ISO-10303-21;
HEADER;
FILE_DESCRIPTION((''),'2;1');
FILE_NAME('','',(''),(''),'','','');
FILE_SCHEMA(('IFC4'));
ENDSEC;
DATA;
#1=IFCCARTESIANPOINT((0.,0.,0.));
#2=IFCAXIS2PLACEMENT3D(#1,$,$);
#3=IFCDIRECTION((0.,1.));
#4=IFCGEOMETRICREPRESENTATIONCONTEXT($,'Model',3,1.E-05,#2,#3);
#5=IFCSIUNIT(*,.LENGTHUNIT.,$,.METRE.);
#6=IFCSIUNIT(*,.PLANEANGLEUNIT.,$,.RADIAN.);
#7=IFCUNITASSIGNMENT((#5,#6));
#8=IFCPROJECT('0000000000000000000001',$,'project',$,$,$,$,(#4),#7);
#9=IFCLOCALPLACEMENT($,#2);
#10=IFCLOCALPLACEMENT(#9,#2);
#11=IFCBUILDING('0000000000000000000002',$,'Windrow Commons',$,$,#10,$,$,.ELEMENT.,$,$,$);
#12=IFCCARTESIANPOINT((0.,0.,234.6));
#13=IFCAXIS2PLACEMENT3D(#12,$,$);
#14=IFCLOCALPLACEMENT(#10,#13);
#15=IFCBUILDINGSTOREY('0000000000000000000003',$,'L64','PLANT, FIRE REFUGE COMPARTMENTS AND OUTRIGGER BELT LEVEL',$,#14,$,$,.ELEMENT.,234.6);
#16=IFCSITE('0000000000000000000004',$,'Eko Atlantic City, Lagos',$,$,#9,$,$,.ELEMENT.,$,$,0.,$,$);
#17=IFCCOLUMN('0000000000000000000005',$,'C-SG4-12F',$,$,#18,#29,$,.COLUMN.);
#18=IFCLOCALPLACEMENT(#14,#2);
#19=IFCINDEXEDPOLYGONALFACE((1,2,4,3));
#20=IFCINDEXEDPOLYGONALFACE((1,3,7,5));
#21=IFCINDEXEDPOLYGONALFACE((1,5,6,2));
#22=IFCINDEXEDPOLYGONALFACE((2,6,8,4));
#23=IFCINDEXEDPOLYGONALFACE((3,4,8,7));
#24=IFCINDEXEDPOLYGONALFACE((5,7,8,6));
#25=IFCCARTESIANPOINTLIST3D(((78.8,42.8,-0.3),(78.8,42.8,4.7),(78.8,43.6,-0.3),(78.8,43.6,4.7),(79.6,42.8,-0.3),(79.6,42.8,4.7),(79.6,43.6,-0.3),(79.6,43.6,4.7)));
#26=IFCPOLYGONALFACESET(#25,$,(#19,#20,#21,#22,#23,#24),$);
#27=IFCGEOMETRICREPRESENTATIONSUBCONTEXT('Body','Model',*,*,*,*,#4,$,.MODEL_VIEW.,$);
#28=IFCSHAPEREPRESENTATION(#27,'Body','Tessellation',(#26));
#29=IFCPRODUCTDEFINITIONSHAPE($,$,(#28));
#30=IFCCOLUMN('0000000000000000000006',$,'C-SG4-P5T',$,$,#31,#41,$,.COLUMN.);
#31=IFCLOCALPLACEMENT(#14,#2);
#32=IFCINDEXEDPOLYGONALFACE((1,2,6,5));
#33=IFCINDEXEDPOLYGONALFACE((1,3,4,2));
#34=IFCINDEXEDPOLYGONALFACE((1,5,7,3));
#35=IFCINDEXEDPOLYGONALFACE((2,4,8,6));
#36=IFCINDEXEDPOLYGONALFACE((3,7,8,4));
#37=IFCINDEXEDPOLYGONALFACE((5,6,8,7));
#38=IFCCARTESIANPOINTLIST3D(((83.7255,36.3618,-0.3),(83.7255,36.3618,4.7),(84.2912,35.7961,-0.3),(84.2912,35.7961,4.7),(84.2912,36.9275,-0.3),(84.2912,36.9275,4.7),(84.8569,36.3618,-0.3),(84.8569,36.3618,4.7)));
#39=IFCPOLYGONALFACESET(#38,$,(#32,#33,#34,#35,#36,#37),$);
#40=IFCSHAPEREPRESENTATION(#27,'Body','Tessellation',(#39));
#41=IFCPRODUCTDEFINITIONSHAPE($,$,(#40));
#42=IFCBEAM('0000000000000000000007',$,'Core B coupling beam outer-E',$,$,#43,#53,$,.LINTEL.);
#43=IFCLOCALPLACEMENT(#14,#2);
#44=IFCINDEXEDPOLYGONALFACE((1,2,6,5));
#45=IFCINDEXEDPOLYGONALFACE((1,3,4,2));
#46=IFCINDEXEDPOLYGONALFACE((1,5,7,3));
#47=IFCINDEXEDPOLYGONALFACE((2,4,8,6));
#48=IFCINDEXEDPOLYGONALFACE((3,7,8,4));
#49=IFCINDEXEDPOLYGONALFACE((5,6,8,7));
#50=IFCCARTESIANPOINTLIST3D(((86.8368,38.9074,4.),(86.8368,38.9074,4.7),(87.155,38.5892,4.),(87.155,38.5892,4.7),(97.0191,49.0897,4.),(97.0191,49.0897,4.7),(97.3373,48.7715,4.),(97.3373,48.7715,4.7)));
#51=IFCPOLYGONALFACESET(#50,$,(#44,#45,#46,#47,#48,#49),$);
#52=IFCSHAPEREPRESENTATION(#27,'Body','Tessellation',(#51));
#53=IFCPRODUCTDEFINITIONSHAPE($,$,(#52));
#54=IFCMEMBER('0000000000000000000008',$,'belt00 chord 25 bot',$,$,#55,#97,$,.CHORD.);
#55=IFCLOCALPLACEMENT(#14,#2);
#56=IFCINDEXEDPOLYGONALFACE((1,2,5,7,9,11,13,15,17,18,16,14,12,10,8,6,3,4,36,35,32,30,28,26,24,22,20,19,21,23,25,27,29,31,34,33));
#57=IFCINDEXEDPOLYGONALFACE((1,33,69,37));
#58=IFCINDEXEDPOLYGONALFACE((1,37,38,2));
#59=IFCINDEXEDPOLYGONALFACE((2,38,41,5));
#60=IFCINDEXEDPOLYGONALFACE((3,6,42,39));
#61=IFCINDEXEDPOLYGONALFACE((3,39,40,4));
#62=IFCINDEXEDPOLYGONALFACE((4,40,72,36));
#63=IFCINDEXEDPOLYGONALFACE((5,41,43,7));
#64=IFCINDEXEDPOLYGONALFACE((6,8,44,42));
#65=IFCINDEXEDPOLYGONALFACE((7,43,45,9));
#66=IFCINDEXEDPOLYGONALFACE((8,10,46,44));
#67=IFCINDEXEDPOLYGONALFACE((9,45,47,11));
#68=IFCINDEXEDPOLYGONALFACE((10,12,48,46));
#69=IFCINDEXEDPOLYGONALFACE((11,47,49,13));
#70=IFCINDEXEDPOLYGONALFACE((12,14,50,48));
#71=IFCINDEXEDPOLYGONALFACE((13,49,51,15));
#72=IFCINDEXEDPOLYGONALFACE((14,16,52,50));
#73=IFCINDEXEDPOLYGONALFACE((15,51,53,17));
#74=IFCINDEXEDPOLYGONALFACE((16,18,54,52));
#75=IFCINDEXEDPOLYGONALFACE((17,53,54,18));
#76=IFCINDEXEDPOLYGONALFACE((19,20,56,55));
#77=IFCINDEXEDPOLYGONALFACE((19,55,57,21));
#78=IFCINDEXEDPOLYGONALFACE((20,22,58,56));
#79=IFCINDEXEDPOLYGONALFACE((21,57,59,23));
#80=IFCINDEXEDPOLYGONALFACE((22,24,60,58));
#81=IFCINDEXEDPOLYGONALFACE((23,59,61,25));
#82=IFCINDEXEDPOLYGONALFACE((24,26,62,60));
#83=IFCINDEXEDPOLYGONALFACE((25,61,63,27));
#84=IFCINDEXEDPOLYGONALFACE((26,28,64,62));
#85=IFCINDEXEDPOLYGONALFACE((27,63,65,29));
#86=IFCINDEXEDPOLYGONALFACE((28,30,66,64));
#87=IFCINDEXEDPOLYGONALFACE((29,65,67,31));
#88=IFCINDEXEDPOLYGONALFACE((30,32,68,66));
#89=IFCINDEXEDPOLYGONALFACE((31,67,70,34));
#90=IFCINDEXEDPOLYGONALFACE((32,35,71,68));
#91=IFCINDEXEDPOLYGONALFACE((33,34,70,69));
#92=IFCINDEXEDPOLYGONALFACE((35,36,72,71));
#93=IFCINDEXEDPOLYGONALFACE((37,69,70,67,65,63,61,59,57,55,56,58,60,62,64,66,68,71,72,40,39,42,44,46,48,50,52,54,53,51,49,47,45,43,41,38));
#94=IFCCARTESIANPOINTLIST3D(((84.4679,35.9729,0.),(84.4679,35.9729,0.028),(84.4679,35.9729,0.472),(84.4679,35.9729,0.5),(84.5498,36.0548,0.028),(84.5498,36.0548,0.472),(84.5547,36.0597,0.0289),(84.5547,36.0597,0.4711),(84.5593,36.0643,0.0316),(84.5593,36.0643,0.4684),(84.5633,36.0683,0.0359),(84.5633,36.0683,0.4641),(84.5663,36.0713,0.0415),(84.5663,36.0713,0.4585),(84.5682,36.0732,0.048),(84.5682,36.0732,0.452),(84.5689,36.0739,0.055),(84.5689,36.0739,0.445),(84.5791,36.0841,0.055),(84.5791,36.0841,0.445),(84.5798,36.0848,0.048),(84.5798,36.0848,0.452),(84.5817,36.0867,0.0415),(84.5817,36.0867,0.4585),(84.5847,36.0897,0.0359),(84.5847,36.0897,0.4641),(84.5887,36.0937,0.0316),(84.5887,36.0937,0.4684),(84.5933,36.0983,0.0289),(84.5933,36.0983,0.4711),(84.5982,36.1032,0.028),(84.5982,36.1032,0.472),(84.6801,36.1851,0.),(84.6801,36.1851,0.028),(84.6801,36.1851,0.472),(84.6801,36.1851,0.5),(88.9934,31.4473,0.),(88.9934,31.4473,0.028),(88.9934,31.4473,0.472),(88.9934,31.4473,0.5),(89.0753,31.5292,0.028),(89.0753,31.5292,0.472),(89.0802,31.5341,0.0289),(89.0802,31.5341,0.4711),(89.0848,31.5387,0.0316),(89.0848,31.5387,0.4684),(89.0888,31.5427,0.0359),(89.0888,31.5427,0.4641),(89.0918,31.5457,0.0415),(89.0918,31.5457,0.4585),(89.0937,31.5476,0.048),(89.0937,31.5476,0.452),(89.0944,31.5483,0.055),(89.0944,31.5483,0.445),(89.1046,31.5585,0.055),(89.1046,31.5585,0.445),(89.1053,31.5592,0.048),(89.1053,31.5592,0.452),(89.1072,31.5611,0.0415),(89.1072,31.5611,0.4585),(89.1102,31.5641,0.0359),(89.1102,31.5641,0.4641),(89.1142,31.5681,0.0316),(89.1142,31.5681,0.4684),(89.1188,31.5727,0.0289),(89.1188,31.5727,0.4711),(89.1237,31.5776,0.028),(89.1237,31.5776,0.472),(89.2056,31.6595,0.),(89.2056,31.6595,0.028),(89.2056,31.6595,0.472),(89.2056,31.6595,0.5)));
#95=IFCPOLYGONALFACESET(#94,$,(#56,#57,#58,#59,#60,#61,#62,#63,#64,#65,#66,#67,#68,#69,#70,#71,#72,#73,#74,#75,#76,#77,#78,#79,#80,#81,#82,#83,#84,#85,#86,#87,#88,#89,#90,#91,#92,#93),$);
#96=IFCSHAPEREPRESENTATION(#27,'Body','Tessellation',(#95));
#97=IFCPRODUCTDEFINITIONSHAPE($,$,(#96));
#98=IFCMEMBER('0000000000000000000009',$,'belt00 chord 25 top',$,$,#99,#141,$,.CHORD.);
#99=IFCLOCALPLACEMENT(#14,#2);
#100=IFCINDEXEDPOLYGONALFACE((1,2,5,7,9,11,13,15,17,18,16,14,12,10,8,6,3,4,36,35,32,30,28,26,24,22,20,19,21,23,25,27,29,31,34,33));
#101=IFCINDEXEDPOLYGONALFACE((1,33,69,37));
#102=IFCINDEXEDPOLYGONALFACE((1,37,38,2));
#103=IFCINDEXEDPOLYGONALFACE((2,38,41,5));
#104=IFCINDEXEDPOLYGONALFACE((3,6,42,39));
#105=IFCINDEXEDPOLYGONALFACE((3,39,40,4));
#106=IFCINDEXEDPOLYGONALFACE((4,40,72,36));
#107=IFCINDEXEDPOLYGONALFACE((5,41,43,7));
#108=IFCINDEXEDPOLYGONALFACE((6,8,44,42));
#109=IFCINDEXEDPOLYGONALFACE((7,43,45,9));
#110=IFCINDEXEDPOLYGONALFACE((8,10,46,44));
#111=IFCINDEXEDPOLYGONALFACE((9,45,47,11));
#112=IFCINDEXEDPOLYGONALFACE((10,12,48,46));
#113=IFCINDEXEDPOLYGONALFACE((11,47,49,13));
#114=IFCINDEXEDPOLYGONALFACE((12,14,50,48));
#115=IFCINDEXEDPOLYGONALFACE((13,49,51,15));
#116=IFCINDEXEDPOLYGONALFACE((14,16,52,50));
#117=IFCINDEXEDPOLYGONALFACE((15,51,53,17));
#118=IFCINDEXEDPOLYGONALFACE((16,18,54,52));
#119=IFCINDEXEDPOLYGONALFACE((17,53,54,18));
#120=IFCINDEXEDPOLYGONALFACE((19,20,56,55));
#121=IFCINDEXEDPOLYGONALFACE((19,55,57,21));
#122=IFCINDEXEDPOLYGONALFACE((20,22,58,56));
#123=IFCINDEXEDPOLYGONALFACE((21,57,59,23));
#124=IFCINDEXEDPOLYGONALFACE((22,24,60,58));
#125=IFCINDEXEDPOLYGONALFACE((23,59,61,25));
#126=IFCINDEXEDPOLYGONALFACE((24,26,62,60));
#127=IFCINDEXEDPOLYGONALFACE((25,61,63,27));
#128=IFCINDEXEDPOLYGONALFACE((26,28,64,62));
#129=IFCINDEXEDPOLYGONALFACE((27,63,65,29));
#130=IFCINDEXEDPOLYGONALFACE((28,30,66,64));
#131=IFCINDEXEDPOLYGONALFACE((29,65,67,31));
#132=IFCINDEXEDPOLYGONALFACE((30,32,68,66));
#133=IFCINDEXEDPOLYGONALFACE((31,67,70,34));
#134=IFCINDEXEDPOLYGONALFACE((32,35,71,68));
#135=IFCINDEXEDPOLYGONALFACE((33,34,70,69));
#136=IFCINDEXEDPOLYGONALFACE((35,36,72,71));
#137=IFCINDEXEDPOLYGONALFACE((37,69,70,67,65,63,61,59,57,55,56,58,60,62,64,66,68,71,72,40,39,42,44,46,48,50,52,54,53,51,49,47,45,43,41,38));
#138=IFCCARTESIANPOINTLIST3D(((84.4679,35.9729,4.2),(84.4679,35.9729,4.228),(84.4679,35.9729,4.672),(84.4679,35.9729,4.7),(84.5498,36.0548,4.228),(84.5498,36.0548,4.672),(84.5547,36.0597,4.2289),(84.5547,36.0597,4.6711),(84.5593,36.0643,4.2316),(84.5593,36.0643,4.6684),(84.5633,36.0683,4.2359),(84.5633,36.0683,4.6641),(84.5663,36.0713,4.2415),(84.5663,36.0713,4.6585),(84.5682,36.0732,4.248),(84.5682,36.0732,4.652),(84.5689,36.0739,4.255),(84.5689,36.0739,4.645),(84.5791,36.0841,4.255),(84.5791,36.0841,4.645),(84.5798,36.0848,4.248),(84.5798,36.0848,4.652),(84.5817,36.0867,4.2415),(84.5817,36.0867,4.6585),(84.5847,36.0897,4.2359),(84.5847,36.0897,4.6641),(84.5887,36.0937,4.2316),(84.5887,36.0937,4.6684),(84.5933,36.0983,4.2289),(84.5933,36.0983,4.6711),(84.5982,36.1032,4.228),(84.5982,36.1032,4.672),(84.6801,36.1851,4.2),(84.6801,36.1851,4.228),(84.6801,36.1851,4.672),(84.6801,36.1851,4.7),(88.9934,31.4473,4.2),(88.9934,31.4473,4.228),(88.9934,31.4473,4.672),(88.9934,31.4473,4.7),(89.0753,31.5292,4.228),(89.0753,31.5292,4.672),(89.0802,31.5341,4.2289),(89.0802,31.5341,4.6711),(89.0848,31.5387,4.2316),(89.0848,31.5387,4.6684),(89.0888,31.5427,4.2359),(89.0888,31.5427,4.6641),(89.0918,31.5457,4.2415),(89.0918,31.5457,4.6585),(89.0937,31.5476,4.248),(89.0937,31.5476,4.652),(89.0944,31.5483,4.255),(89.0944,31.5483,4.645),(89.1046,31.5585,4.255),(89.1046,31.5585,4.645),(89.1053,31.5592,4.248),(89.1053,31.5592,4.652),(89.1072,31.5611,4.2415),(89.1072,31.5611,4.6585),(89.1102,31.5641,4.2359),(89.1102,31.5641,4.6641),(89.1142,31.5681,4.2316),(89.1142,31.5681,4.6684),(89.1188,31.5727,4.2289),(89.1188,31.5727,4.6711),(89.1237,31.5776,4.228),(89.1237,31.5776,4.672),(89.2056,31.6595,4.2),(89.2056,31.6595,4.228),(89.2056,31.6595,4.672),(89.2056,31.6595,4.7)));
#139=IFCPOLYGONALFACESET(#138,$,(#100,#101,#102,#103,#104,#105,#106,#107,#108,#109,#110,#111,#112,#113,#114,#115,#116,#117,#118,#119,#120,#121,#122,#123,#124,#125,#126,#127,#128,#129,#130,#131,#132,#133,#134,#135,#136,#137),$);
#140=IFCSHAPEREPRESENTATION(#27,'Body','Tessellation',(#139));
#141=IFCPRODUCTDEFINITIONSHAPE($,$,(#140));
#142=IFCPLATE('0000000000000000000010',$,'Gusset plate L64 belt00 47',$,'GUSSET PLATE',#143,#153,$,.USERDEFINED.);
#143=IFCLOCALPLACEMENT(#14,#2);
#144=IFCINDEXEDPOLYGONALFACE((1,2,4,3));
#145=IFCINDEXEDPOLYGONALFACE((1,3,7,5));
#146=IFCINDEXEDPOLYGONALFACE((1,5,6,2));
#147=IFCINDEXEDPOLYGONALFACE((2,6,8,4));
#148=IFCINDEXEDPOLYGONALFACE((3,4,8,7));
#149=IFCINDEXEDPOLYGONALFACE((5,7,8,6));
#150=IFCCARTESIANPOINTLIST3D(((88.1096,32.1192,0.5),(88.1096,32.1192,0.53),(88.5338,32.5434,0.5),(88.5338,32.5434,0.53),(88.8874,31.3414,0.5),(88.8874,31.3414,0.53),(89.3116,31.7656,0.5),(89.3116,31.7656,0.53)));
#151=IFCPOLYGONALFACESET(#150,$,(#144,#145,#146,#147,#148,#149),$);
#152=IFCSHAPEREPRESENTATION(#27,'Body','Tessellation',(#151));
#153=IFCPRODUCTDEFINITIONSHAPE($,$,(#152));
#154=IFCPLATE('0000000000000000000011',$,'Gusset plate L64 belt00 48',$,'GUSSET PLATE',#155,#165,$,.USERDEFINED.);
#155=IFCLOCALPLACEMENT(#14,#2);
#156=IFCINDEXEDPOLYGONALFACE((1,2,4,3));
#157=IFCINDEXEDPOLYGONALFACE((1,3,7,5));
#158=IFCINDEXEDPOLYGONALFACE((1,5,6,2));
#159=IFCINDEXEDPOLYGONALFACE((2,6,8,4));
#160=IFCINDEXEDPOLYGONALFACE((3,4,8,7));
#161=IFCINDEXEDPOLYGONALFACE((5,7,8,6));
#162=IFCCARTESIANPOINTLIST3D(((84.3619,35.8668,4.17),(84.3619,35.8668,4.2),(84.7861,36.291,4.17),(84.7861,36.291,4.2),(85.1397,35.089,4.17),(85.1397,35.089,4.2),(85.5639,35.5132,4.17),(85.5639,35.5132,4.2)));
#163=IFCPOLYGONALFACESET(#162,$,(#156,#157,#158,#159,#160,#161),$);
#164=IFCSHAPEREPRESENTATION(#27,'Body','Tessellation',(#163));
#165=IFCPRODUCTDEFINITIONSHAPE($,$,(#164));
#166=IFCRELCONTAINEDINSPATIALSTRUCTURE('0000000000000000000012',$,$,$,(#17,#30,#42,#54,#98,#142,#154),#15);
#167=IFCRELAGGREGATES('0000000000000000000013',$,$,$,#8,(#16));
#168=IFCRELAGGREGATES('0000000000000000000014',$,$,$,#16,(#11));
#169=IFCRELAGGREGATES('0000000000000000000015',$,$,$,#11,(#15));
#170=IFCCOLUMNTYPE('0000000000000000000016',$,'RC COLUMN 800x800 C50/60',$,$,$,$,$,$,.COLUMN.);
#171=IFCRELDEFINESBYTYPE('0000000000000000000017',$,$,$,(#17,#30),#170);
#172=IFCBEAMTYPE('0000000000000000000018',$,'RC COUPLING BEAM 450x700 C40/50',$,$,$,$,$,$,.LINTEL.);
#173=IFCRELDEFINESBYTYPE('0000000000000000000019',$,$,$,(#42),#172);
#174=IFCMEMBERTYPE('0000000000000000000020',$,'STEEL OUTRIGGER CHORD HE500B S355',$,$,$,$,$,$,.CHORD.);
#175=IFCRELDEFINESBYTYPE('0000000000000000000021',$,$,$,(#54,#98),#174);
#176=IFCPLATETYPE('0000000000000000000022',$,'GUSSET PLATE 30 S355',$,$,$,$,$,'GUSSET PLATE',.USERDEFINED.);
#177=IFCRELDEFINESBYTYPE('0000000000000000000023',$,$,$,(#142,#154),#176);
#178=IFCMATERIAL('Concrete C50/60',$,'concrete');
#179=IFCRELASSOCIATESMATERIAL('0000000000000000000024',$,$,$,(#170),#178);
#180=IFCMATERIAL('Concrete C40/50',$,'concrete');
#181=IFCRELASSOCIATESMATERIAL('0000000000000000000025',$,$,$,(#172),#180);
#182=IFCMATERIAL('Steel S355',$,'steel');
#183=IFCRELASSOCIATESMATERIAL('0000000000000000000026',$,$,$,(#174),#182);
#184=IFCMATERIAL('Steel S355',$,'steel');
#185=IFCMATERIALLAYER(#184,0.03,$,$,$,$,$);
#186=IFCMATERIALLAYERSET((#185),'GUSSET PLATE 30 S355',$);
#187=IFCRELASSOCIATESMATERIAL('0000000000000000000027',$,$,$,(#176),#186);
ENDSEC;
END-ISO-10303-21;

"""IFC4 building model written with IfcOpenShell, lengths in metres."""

from ifc_helpers import new_model, si_unit, direction, frame, origin, origin_2d, place, context, subcontext, project, spatial, rectangle, i_section, extrude, material, layer, layer_set, material_profile, profile_set, type_object, element, save


model = new_model("IFC4")

# Units and contexts
model_context = context("Model", 3, precision=1e-05, world=origin(), true_north=direction((0.0, 1.0)))
body_context = subcontext(model_context, "Body", "Model", "MODEL_VIEW")
ifc_project = project(units=[si_unit("LENGTHUNIT", "METRE"), si_unit("PLANEANGLEUNIT", "RADIAN")], contexts=[model_context])

# Site, building, storey
site_placement = place(None, origin())
site = spatial("IfcSite", under=ifc_project, at=site_placement, Name="Eko Atlantic City, Lagos", CompositionType="ELEMENT", RefElevation=0.0)
building_placement = place(site_placement, origin())
building = spatial("IfcBuilding", under=site, at=building_placement, Name="Windrow Commons", CompositionType="ELEMENT")
storey_placement = place(building_placement, frame((0.0, 0.0, 234.6)))
storey = spatial("IfcBuildingStorey", under=building, at=storey_placement, Name="L64", Description="PLANT, FIRE REFUGE COMPARTMENTS AND OUTRIGGER BELT LEVEL", CompositionType="ELEMENT", Elevation=234.6)

# Columns
ifc_material_1 = material(Name="Concrete C50/60", Category="concrete")
ifc_material_profile_1 = material_profile(ifc_material_1, rectangle(XDim=0.8, YDim=0.8, at=origin_2d()))
ifc_profile_set_1 = profile_set([ifc_material_profile_1], Name="Concrete C50/60")
column_type = type_object("IfcColumnType", Name="RC COLUMN 800x800 C50/60", PredefinedType="COLUMN", material=ifc_profile_set_1)
for number, where, z_axis, x_axis, name in (
    (1, (79.2, 43.2, -0.3), (0.0, 0.0, 1.0), (1.0, 0.0, 0.0), "C-SG4-12F"),
    (2, (84.2912, 36.3618, -0.3), (0.0, 0.0, 1.0), (0.707107, -0.707107, 0.0), "C-SG4-P5T"),
):
    element("IfcColumn", number, at=place(storey_placement, frame(where, z_axis=z_axis, x_axis=x_axis)), inside=storey, type_object=column_type, Name=name, PredefinedType="COLUMN", context=body_context, shape_type="SweptSolid", body=[
        extrude(rectangle(XDim=0.8, YDim=0.8, at=origin_2d()), origin(), (0.0, 0.0, 1.0), 5.0),
    ])

# Beam
ifc_material_2 = material(Name="Concrete C40/50", Category="concrete")
ifc_material_profile_2 = material_profile(ifc_material_2, rectangle(XDim=0.45, YDim=0.7, at=origin_2d()))
ifc_profile_set_2 = profile_set([ifc_material_profile_2], Name="Concrete C40/50")
beam_type = type_object("IfcBeamType", Name="RC COUPLING BEAM 450x700 C40/50", PredefinedType="LINTEL", material=ifc_profile_set_2)
beam_placement = place(storey_placement, frame((86.9959, 38.7483, 4.35), z_axis=(0.707107, 0.707107, 0.0), x_axis=(-0.707107, 0.707107, 0.0)))
element("IfcBeam", 3, at=beam_placement, inside=storey, type_object=beam_type, Name="Core B coupling beam outer-E", PredefinedType="LINTEL", context=body_context, shape_type="SweptSolid", body=[
    extrude(rectangle(XDim=0.45, YDim=0.7, at=origin_2d()), origin(), (0.0, 0.0, 1.0), 14.3999),
])

# Members
ifc_material_3 = material(Name="Steel S355", Category="steel")
ifc_material_profile_3 = material_profile(ifc_material_3, i_section(OverallWidth=0.3, OverallDepth=0.5, WebThickness=0.0145, FlangeThickness=0.028, FilletRadius=0.027, at=origin_2d()))
ifc_profile_set_3 = profile_set([ifc_material_profile_3], Name="Steel S355")
member_type = type_object("IfcMemberType", Name="STEEL OUTRIGGER CHORD HE500B S355", PredefinedType="CHORD", material=ifc_profile_set_3)
for number, where, z_axis, x_axis, name in (
    (4, (89.0995, 31.5534, 0.25), (-0.707099, 0.707115, 0.0), (-0.707115, -0.707099, 0.0), "belt00 chord 25 bot"),
    (5, (89.0995, 31.5534, 4.45), (-0.707099, 0.707115, 0.0), (-0.707115, -0.707099, 0.0), "belt00 chord 25 top"),
):
    element("IfcMember", number, at=place(storey_placement, frame(where, z_axis=z_axis, x_axis=x_axis)), inside=storey, type_object=member_type, Name=name, PredefinedType="CHORD", context=body_context, shape_type="SweptSolid", body=[
        extrude(i_section(OverallWidth=0.3, OverallDepth=0.5, WebThickness=0.0145, FlangeThickness=0.028, FilletRadius=0.027, at=origin_2d()), origin(), (0.0, 0.0, 1.0), 6.4001),
    ])

# Plates
ifc_material_4 = material(Name="Steel S355", Category="steel")
ifc_layer_1 = layer(ifc_material_4, 0.03)
ifc_layer_set_1 = layer_set([ifc_layer_1], Name="GUSSET PLATE 30 S355")
plate_type = type_object("IfcPlateType", Name="GUSSET PLATE 30 S355", ElementType="GUSSET PLATE", PredefinedType="USERDEFINED", material=ifc_layer_set_1)
for number, where, z_axis, x_axis, name in (
    (6, (88.7106, 31.9424, 0.5), (0.0, 0.0, 1.0), (-0.707099, 0.707114, 0.0), "Gusset plate L64 belt00 47"),
    (7, (84.9629, 35.69, 4.17), (0.0, 0.0, 1.0), (-0.707099, 0.707114, 0.0), "Gusset plate L64 belt00 48"),
):
    element("IfcPlate", number, at=place(storey_placement, frame(where, z_axis=z_axis, x_axis=x_axis)), inside=storey, type_object=plate_type, Name=name, ObjectType="GUSSET PLATE", PredefinedType="USERDEFINED", context=body_context, shape_type="SweptSolid", body=[
        extrude(rectangle(XDim=1.1, YDim=0.6, at=origin_2d()), origin(), (0.0, 0.0, 1.0), 0.03),
    ])

save(model, "model.ifc")
